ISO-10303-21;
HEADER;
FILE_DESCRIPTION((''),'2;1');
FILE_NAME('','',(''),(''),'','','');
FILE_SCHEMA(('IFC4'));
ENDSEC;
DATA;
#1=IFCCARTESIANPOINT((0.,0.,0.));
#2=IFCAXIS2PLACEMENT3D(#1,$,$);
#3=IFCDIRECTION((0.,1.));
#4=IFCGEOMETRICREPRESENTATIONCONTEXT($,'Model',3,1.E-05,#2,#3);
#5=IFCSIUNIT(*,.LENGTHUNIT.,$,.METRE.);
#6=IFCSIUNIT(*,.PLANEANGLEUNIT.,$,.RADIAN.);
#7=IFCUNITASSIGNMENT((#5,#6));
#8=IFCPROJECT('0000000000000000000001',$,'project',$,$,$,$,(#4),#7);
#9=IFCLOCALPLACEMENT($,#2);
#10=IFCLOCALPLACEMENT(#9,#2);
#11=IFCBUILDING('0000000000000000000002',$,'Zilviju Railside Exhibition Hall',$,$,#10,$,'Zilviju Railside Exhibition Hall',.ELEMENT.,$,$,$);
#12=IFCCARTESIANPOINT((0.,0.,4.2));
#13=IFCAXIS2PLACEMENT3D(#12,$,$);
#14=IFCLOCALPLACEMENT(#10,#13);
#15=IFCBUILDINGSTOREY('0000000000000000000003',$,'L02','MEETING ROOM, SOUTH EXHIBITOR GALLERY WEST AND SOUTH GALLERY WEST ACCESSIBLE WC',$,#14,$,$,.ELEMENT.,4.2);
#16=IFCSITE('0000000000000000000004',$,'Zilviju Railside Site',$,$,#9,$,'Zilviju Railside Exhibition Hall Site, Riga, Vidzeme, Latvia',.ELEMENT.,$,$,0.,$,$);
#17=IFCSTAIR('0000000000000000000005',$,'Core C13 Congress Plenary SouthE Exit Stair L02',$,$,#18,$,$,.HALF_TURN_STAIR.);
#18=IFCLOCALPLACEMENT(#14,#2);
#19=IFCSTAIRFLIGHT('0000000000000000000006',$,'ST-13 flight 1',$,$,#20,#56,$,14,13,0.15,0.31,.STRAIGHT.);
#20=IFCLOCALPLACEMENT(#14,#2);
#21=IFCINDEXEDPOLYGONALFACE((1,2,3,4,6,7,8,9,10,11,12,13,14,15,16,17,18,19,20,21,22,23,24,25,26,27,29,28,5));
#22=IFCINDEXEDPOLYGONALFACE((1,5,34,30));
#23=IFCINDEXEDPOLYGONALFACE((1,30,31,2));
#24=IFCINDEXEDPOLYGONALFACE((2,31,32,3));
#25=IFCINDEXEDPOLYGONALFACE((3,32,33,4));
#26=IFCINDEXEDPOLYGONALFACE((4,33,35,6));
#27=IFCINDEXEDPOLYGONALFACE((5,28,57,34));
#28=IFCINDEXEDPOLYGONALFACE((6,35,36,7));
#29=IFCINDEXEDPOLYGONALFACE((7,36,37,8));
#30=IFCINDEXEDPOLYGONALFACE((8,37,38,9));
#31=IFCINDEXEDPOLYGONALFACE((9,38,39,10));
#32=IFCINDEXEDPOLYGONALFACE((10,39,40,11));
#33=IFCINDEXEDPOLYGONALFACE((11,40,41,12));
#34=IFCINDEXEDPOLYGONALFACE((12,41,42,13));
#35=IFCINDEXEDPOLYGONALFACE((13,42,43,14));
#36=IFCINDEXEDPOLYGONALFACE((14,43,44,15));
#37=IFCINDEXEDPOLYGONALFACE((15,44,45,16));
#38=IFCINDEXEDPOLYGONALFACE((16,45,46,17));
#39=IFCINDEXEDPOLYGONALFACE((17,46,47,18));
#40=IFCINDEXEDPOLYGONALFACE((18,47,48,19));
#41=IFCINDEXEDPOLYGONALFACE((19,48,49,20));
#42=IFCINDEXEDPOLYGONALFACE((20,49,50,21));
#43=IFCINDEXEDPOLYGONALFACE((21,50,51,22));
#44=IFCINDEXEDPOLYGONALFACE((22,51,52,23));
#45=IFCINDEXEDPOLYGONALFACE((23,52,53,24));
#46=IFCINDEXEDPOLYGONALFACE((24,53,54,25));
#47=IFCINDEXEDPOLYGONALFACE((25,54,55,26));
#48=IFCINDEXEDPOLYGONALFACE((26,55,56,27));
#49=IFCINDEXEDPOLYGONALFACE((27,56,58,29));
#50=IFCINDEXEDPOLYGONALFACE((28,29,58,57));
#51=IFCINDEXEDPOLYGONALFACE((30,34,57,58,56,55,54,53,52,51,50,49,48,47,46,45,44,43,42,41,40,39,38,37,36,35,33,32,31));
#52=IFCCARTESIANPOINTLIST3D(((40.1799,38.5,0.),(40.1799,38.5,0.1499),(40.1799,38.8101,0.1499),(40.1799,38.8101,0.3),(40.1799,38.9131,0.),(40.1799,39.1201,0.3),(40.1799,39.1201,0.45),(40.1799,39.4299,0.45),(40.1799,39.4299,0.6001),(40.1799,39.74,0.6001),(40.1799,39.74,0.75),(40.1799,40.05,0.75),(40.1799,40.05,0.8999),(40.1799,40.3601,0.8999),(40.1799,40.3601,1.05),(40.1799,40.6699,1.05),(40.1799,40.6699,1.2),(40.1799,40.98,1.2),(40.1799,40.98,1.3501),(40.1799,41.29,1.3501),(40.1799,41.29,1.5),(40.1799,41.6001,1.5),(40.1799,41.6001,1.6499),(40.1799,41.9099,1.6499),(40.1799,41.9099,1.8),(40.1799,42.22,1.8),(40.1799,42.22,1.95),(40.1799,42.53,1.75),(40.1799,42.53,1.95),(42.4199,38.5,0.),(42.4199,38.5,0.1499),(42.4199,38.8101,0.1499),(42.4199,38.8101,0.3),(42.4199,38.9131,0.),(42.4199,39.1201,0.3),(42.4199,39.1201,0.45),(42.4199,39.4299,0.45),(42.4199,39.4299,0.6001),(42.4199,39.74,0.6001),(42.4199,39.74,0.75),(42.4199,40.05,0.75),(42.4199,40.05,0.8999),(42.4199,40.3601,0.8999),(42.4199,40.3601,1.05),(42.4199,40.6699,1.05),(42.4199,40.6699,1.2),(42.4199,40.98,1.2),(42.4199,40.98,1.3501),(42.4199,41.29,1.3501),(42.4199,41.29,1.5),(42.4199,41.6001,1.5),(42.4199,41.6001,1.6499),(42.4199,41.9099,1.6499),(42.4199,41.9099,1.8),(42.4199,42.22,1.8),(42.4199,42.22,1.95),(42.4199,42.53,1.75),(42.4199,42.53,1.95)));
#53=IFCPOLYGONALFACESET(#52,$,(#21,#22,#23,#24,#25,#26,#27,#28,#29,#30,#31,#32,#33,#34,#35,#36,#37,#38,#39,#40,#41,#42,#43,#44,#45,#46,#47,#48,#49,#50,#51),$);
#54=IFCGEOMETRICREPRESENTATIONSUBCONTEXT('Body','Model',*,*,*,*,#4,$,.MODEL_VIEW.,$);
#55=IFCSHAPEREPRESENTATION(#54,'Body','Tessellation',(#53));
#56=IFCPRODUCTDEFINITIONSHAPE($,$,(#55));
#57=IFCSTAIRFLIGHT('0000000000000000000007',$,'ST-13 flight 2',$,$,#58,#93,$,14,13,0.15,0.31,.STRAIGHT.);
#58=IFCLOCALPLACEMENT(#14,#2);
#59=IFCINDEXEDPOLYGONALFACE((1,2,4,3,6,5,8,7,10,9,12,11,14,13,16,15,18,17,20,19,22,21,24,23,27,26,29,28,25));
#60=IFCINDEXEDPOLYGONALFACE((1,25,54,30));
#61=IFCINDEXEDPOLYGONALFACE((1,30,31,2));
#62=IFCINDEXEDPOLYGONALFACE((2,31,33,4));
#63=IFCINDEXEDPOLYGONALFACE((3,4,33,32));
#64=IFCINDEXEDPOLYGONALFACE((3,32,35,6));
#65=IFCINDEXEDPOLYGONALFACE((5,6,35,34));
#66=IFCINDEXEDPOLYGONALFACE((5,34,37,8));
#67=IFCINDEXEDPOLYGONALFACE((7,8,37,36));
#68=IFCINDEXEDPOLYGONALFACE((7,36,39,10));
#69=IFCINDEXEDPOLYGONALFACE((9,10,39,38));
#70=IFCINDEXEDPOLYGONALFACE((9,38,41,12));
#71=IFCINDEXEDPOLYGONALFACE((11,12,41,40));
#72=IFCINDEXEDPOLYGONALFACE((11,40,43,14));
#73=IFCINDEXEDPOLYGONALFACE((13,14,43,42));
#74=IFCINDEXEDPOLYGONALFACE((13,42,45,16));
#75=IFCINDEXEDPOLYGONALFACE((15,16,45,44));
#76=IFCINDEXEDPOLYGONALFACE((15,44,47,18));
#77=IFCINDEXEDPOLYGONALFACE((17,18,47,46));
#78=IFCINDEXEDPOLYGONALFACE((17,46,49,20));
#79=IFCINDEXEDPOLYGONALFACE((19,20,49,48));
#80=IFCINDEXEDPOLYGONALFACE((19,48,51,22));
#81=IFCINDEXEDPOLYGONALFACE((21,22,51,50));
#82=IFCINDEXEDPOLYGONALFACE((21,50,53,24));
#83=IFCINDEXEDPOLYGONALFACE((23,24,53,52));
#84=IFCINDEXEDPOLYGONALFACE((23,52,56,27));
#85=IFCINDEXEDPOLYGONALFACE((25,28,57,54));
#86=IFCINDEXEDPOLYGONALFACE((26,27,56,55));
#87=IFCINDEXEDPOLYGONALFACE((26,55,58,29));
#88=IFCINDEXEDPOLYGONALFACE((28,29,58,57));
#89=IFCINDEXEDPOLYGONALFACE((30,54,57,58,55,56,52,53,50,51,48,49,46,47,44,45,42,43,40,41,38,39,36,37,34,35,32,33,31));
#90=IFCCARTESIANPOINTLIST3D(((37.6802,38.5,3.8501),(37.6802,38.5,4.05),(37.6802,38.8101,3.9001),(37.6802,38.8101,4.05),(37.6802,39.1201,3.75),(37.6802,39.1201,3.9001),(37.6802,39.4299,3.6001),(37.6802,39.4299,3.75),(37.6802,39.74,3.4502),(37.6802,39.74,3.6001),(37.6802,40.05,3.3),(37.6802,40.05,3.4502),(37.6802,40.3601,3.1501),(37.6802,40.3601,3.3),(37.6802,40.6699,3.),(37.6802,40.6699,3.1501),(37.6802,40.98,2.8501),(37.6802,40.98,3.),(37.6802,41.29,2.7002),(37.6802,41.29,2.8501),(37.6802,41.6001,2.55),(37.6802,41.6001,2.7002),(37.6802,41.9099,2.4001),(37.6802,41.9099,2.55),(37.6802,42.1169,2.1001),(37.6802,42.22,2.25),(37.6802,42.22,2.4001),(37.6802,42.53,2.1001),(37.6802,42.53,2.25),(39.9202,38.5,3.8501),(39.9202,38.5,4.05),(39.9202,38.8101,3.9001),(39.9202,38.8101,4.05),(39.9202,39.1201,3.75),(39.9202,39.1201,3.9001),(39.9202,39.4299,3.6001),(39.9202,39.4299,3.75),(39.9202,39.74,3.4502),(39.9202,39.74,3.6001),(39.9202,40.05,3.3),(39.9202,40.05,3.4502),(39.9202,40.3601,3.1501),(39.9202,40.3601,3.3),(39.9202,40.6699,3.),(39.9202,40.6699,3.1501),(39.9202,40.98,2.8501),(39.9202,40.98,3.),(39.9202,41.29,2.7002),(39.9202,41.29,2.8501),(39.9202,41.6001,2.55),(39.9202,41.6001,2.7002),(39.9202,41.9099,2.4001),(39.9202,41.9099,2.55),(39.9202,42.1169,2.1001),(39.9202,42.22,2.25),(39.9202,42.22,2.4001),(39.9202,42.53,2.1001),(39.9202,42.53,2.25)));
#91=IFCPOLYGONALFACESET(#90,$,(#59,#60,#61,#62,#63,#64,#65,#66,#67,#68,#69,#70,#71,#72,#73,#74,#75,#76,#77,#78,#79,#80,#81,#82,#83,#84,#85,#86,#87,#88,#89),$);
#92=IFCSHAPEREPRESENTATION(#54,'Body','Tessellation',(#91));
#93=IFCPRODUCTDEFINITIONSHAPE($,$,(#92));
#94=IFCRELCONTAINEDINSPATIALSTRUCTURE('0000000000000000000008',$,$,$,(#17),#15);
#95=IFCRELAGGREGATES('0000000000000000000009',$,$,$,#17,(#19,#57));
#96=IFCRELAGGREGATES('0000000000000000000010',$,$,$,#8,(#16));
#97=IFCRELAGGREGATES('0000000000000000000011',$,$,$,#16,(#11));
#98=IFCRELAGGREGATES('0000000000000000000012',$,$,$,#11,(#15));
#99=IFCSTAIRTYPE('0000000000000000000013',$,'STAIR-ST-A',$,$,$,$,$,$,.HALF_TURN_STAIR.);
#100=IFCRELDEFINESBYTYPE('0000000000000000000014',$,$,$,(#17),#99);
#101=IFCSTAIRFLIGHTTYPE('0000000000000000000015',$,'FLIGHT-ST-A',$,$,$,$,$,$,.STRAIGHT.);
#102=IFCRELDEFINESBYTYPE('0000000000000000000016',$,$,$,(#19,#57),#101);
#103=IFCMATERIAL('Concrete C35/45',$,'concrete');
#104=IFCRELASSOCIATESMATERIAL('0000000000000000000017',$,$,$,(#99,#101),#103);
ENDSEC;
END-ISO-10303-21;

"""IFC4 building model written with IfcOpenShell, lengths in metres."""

from ifc_helpers import new_model, si_unit, direction, frame, origin, place, context, subcontext, project, spatial, polyline, outline, extrude, material, type_object, element, aggregate, save


model = new_model("IFC4")

# Units and contexts
model_context = context("Model", 3, precision=1e-05, world=origin(), true_north=direction((0.0, 1.0)))
body_context = subcontext(model_context, "Body", "Model", "MODEL_VIEW")
ifc_project = project(units=[si_unit("LENGTHUNIT", "METRE"), si_unit("PLANEANGLEUNIT", "RADIAN")], contexts=[model_context])

# Site, building, storey
site_placement = place(None, origin())
site = spatial("IfcSite", under=ifc_project, at=site_placement, Name="Zilviju Railside Site", LongName="Zilviju Railside Exhibition Hall Site, Riga, Vidzeme, Latvia", CompositionType="ELEMENT", RefElevation=0.0)
building_placement = place(site_placement, origin())
building = spatial("IfcBuilding", under=site, at=building_placement, Name="Zilviju Railside Exhibition Hall", LongName="Zilviju Railside Exhibition Hall", CompositionType="ELEMENT")
storey_placement = place(building_placement, frame((0.0, 0.0, 4.2)))
storey = spatial("IfcBuildingStorey", under=building, at=storey_placement, Name="L02", Description="MEETING ROOM, SOUTH EXHIBITOR GALLERY WEST AND SOUTH GALLERY WEST ACCESSIBLE WC", CompositionType="ELEMENT", Elevation=4.2)

# Shared definitions
ifc_material_1 = material(Name="Concrete C35/45", Category="concrete")

# Stair, stair flights
stair_type = type_object("IfcStairType", Name="STAIR-ST-A", PredefinedType="HALF_TURN_STAIR", material=ifc_material_1)
stair_placement = place(storey_placement, origin())
stair = element("IfcStair", 1, at=stair_placement, inside=storey, type_object=stair_type, Name="Core C13 Congress Plenary SouthE Exit Stair L02", PredefinedType="HALF_TURN_STAIR")
stair_flight_type = type_object("IfcStairFlightType", Name="FLIGHT-ST-A", PredefinedType="STRAIGHT", material=ifc_material_1)
stair_flight_1_placement = place(storey_placement, frame((41.3, 38.5, 0.0), z_axis=(0.0, 0.0, 1.0), x_axis=(0.0, 1.0, 0.0)))
stair_flight_1 = element("IfcStairFlight", 2, at=stair_flight_1_placement, type_object=stair_flight_type, Name="ST-13 flight 1", NumberOfRisers=14, NumberOfTreads=13, PredefinedType="STRAIGHT", RiserHeight=0.15, TreadLength=0.31, context=body_context, shape_type="SweptSolid", body=[
    extrude(outline(polyline([(0.0, 0.0), (0.0, 0.1499), (0.3101, 0.1499), (0.3101, 0.3), (0.6201, 0.3), (0.6201, 0.45), (0.9299, 0.45), (0.9299, 0.6001), (1.24, 0.6001), (1.24, 0.75), (1.55, 0.75), (1.55, 0.8999), (1.8601, 0.8999), (1.8601, 1.05), (2.1699, 1.05), (2.1699, 1.2), (2.48, 1.2), (2.48, 1.3501), (2.79, 1.3501), (2.79, 1.5), (3.1001, 1.5), (3.1001, 1.6499), (3.4099, 1.6499), (3.4099, 1.8), (3.72, 1.8), (3.72, 1.95), (4.03, 1.95), (4.03, 2.1001), (4.03, 1.75), (0.4131, 0.0), (0.0, 0.0)])), frame((0.0, 1.1201, 0.0), z_axis=(0.0, -1.0, 0.0), x_axis=(1.0, 0.0, 0.0)), (0.0, 0.0, 1.0), 2.24),
])
stair_flight_2_placement = place(storey_placement, frame((38.8, 42.53, 2.1001), z_axis=(0.0, 0.0, 1.0), x_axis=(0.0, -1.0, 0.0)))
stair_flight_2 = element("IfcStairFlight", 3, at=stair_flight_2_placement, type_object=stair_flight_type, Name="ST-13 flight 2", NumberOfRisers=14, NumberOfTreads=13, PredefinedType="STRAIGHT", RiserHeight=0.15, TreadLength=0.31, context=body_context, shape_type="SweptSolid", body=[
    extrude(outline(polyline([(0.0, 0.0), (0.0, 0.1499), (0.3101, 0.1499), (0.3101, 0.3), (0.6201, 0.3), (0.6201, 0.45), (0.9299, 0.45), (0.9299, 0.6001), (1.24, 0.6001), (1.24, 0.75), (1.55, 0.75), (1.55, 0.8999), (1.8601, 0.8999), (1.8601, 1.05), (2.1699, 1.05), (2.1699, 1.2), (2.48, 1.2), (2.48, 1.3501), (2.79, 1.3501), (2.79, 1.5), (3.1001, 1.5), (3.1001, 1.6499), (3.4099, 1.6499), (3.4099, 1.8), (3.72, 1.8), (3.72, 1.95), (4.03, 1.95), (4.03, 2.1001), (4.03, 1.75), (0.4131, 0.0), (0.0, 0.0)])), frame((0.0, 1.1201, 0.0), z_axis=(0.0, -1.0, 0.0), x_axis=(1.0, 0.0, 0.0)), (0.0, 0.0, 1.0), 2.24),
])
aggregate(stair, [stair_flight_1, stair_flight_2])

save(model, "model.ifc")
